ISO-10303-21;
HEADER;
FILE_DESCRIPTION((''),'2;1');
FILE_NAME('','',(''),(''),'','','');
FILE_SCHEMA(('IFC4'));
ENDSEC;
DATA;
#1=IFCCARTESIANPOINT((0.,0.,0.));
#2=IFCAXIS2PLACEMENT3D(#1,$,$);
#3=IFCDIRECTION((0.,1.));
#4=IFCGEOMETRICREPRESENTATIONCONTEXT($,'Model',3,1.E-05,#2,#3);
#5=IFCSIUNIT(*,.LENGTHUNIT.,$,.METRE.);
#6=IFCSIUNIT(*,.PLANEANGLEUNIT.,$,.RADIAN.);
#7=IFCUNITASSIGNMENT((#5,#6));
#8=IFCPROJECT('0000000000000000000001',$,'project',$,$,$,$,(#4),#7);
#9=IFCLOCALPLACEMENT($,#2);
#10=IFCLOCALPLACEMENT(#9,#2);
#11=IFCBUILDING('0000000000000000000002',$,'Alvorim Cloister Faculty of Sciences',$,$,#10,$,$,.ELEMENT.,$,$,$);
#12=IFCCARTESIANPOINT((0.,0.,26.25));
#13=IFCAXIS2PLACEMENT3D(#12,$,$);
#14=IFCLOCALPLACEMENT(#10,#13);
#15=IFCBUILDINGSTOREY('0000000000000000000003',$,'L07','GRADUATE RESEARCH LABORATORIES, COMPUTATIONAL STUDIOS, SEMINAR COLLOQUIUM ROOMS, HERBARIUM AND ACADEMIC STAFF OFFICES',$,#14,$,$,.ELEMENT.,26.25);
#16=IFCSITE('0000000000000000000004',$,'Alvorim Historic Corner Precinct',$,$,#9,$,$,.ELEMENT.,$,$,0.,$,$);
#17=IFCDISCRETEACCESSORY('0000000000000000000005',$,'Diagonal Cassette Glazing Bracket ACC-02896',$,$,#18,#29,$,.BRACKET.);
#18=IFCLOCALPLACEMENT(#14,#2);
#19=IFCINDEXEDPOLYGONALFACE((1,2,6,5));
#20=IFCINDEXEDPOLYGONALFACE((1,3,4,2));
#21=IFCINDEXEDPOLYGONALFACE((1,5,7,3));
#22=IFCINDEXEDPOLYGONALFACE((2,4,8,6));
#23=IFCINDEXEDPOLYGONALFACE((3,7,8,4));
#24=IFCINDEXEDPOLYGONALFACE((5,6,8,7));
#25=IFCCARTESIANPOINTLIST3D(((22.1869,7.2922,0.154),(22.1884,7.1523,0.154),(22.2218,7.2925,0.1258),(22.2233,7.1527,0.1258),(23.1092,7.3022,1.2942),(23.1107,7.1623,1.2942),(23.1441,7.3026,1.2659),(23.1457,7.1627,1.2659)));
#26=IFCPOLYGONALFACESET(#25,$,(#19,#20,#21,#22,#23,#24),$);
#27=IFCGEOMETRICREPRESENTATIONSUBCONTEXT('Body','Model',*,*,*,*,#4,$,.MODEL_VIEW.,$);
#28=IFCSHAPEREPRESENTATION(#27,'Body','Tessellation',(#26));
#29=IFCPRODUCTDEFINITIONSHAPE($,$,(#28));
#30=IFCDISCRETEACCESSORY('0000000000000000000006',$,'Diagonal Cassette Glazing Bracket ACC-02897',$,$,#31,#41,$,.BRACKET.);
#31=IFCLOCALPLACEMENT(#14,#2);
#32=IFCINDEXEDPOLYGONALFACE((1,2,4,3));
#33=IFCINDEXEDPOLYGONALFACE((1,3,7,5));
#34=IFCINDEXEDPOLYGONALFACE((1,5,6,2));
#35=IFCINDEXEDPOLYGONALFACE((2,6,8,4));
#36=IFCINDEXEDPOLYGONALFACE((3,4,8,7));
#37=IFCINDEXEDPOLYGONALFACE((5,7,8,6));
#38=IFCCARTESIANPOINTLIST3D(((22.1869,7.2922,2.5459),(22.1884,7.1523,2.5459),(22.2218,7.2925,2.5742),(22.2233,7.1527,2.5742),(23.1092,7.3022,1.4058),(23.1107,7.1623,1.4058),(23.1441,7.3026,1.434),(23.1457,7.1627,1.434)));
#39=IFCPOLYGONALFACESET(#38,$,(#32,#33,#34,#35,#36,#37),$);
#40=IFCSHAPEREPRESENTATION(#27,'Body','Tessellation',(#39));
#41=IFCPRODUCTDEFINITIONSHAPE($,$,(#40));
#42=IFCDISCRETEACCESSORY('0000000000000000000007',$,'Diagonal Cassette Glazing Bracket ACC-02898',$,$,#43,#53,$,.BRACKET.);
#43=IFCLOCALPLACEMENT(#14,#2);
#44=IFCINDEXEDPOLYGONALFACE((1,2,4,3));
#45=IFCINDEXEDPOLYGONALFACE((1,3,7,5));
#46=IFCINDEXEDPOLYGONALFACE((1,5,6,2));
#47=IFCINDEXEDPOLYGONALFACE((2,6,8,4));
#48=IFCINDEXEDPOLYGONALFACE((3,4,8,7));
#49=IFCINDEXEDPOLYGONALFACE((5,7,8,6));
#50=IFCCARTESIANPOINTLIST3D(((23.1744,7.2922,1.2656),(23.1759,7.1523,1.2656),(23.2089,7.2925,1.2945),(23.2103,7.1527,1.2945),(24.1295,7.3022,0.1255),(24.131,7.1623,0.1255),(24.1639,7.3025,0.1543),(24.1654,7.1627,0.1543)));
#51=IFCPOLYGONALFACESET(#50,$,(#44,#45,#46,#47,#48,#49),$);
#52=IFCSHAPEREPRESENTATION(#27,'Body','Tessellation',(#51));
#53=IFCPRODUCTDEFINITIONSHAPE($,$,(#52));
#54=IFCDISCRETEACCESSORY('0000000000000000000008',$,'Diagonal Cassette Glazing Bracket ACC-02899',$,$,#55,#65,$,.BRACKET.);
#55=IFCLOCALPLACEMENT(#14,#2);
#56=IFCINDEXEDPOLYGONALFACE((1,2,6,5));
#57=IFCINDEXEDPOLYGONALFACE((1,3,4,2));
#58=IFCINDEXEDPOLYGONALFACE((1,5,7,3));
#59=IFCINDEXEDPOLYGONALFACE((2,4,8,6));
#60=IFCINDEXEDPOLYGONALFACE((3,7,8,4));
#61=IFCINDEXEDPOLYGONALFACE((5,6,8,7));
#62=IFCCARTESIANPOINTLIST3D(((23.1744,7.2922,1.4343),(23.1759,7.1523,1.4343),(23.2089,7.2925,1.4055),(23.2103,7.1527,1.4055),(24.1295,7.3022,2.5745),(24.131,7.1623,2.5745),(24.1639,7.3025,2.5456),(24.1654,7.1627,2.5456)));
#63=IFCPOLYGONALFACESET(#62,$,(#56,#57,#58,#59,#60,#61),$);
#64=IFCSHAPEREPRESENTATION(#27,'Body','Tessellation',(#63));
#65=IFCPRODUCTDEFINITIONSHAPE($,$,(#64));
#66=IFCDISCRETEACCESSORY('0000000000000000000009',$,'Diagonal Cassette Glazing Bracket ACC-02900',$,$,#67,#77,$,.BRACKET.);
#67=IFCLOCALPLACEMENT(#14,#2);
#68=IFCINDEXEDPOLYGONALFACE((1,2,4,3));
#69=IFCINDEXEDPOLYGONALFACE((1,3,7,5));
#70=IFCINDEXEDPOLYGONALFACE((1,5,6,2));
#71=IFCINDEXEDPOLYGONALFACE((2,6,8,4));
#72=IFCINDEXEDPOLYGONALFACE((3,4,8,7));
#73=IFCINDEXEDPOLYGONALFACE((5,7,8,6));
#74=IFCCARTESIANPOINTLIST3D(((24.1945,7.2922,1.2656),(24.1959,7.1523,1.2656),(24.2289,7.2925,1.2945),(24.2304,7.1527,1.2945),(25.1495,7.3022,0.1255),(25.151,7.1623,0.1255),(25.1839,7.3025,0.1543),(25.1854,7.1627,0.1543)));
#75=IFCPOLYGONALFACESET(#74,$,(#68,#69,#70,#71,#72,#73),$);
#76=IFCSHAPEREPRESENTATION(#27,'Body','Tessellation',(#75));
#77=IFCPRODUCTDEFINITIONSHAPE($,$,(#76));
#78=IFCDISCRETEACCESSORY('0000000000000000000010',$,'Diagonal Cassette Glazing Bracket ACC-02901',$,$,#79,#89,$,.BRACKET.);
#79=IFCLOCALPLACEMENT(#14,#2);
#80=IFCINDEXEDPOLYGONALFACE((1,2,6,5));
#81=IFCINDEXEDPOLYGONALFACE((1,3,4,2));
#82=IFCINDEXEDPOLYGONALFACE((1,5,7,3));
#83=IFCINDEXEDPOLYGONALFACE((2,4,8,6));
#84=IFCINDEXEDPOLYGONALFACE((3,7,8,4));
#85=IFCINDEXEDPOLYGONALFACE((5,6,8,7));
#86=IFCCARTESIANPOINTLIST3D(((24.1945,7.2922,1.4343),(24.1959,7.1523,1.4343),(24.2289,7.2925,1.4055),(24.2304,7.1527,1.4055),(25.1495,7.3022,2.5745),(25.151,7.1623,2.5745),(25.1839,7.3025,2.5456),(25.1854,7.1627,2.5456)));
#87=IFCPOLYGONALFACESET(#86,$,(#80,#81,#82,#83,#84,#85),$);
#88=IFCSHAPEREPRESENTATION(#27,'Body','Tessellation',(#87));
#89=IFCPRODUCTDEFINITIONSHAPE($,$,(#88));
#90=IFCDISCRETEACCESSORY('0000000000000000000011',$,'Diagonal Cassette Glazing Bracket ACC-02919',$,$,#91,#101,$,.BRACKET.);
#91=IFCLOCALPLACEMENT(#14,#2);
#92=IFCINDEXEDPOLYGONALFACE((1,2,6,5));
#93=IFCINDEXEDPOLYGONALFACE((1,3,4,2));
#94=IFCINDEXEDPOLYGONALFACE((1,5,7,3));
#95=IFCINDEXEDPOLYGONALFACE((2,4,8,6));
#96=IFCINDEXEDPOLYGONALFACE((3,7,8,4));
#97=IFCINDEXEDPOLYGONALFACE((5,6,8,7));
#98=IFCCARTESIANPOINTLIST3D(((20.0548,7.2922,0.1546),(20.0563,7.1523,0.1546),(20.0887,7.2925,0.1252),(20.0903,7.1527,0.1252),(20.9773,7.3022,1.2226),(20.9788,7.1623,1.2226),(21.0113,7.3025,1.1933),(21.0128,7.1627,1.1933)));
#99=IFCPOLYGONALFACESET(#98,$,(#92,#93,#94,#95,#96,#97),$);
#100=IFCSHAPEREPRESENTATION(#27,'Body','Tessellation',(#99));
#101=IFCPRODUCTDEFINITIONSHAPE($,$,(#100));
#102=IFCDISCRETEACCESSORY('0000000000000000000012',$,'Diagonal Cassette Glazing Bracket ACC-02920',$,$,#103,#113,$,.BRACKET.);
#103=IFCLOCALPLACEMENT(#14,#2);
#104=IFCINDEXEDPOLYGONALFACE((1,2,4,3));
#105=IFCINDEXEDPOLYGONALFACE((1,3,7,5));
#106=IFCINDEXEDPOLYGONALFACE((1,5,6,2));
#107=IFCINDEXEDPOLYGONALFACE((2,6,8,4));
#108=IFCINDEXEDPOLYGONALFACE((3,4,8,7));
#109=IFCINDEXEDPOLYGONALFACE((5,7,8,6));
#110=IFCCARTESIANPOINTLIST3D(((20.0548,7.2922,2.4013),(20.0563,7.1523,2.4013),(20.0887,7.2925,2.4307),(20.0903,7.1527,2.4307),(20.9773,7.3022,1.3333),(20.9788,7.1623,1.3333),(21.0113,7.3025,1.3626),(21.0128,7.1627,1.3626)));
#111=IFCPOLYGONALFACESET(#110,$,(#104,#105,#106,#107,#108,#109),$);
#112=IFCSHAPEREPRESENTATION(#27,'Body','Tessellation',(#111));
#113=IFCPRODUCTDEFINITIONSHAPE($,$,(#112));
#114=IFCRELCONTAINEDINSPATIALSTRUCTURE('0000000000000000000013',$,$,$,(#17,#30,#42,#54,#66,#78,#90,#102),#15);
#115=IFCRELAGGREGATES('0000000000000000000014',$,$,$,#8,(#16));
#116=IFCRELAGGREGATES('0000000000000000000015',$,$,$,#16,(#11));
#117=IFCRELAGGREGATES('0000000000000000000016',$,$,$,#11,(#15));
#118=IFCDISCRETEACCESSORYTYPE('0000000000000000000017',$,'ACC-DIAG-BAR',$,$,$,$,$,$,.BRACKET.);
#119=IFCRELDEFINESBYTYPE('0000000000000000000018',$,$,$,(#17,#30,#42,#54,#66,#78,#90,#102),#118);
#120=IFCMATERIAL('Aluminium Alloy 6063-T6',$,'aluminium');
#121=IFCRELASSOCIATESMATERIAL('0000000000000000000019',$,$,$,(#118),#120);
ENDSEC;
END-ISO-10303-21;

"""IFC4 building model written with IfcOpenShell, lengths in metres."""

from ifc_helpers import new_model, si_unit, direction, frame, origin, origin_2d, place, context, subcontext, project, spatial, rectangle, extrude, material, type_object, element, save


model = new_model("IFC4")

# Units and contexts
model_context = context("Model", 3, precision=1e-05, world=origin(), true_north=direction((0.0, 1.0)))
body_context = subcontext(model_context, "Body", "Model", "MODEL_VIEW")
ifc_project = project(units=[si_unit("LENGTHUNIT", "METRE"), si_unit("PLANEANGLEUNIT", "RADIAN")], contexts=[model_context])

# Site, building, storey
site_placement = place(None, origin())
site = spatial("IfcSite", under=ifc_project, at=site_placement, Name="Alvorim Historic Corner Precinct", CompositionType="ELEMENT", RefElevation=0.0)
building_placement = place(site_placement, origin())
building = spatial("IfcBuilding", under=site, at=building_placement, Name="Alvorim Cloister Faculty of Sciences", CompositionType="ELEMENT")
storey_placement = place(building_placement, frame((0.0, 0.0, 26.25)))
storey = spatial("IfcBuildingStorey", under=building, at=storey_placement, Name="L07", Description="GRADUATE RESEARCH LABORATORIES, COMPUTATIONAL STUDIOS, SEMINAR COLLOQUIUM ROOMS, HERBARIUM AND ACADEMIC STAFF OFFICES", CompositionType="ELEMENT", Elevation=26.25)

# Shared definitions
ifc_material_1 = material(Name="Aluminium Alloy 6063-T6", Category="aluminium")

# Discrete accessories
discrete_accessory_type = type_object("IfcDiscreteAccessoryType", Name="ACC-DIAG-BAR", PredefinedType="BRACKET", material=ifc_material_1)
for number, where, z_axis, x_axis, name in (
    (1, (22.2051, 7.2224, 0.1399), (0.628935, 0.006825, 0.777428), (-0.010852, 0.999941, 0.0), "Diagonal Cassette Glazing Bracket ACC-02896"),
    (2, (22.2051, 7.2224, 2.5601), (0.628935, 0.006825, -0.777428), (-0.010852, 0.999941, 0.0), "Diagonal Cassette Glazing Bracket ACC-02897"),
):
    element("IfcDiscreteAccessory", number, at=place(storey_placement, frame(where, z_axis=z_axis, x_axis=x_axis)), inside=storey, type_object=discrete_accessory_type, Name=name, PredefinedType="BRACKET", context=body_context, shape_type="SweptSolid", body=[
        extrude(rectangle(XDim=0.1399, YDim=0.0449, at=origin_2d()), origin(), (0.0, 0.0, 1.0), 1.4666),
    ])
for number, where, z_axis, x_axis, name in (
    (3, (23.1924, 7.2224, 1.28), (0.642138, 0.00673, -0.76656), (-0.01048, 0.999945, 0.0), "Diagonal Cassette Glazing Bracket ACC-02898"),
    (4, (23.1924, 7.2224, 1.4199), (0.642138, 0.00673, 0.76656), (-0.01048, 0.999945, 0.0), "Diagonal Cassette Glazing Bracket ACC-02899"),
    (5, (24.2124, 7.2224, 1.28), (0.642138, 0.00673, -0.76656), (-0.01048, 0.999945, 0.0), "Diagonal Cassette Glazing Bracket ACC-02900"),
    (6, (24.2124, 7.2224, 1.4199), (0.642138, 0.00673, 0.76656), (-0.01048, 0.999945, 0.0), "Diagonal Cassette Glazing Bracket ACC-02901"),
):
    element("IfcDiscreteAccessory", number, at=place(storey_placement, frame(where, z_axis=z_axis, x_axis=x_axis)), inside=storey, type_object=discrete_accessory_type, Name=name, PredefinedType="BRACKET", context=body_context, shape_type="SweptSolid", body=[
        extrude(rectangle(XDim=0.1399, YDim=0.0449, at=origin_2d()), origin(), (0.0, 0.0, 1.0), 1.4873),
    ])
for number, where, z_axis, x_axis, name in (
    (7, (20.0725, 7.2224, 0.1399), (0.653662, 0.007092, 0.756753), (-0.010849, 0.999941, 0.0), "Diagonal Cassette Glazing Bracket ACC-02919"),
    (8, (20.0725, 7.2224, 2.416), (0.653662, 0.007092, -0.756753), (-0.010849, 0.999941, 0.0), "Diagonal Cassette Glazing Bracket ACC-02920"),
):
    element("IfcDiscreteAccessory", number, at=place(storey_placement, frame(where, z_axis=z_axis, x_axis=x_axis)), inside=storey, type_object=discrete_accessory_type, Name=name, PredefinedType="BRACKET", context=body_context, shape_type="SweptSolid", body=[
        extrude(rectangle(XDim=0.1399, YDim=0.0449, at=origin_2d()), origin(), (0.0, 0.0, 1.0), 1.4114),
    ])

save(model, "model.ifc")
